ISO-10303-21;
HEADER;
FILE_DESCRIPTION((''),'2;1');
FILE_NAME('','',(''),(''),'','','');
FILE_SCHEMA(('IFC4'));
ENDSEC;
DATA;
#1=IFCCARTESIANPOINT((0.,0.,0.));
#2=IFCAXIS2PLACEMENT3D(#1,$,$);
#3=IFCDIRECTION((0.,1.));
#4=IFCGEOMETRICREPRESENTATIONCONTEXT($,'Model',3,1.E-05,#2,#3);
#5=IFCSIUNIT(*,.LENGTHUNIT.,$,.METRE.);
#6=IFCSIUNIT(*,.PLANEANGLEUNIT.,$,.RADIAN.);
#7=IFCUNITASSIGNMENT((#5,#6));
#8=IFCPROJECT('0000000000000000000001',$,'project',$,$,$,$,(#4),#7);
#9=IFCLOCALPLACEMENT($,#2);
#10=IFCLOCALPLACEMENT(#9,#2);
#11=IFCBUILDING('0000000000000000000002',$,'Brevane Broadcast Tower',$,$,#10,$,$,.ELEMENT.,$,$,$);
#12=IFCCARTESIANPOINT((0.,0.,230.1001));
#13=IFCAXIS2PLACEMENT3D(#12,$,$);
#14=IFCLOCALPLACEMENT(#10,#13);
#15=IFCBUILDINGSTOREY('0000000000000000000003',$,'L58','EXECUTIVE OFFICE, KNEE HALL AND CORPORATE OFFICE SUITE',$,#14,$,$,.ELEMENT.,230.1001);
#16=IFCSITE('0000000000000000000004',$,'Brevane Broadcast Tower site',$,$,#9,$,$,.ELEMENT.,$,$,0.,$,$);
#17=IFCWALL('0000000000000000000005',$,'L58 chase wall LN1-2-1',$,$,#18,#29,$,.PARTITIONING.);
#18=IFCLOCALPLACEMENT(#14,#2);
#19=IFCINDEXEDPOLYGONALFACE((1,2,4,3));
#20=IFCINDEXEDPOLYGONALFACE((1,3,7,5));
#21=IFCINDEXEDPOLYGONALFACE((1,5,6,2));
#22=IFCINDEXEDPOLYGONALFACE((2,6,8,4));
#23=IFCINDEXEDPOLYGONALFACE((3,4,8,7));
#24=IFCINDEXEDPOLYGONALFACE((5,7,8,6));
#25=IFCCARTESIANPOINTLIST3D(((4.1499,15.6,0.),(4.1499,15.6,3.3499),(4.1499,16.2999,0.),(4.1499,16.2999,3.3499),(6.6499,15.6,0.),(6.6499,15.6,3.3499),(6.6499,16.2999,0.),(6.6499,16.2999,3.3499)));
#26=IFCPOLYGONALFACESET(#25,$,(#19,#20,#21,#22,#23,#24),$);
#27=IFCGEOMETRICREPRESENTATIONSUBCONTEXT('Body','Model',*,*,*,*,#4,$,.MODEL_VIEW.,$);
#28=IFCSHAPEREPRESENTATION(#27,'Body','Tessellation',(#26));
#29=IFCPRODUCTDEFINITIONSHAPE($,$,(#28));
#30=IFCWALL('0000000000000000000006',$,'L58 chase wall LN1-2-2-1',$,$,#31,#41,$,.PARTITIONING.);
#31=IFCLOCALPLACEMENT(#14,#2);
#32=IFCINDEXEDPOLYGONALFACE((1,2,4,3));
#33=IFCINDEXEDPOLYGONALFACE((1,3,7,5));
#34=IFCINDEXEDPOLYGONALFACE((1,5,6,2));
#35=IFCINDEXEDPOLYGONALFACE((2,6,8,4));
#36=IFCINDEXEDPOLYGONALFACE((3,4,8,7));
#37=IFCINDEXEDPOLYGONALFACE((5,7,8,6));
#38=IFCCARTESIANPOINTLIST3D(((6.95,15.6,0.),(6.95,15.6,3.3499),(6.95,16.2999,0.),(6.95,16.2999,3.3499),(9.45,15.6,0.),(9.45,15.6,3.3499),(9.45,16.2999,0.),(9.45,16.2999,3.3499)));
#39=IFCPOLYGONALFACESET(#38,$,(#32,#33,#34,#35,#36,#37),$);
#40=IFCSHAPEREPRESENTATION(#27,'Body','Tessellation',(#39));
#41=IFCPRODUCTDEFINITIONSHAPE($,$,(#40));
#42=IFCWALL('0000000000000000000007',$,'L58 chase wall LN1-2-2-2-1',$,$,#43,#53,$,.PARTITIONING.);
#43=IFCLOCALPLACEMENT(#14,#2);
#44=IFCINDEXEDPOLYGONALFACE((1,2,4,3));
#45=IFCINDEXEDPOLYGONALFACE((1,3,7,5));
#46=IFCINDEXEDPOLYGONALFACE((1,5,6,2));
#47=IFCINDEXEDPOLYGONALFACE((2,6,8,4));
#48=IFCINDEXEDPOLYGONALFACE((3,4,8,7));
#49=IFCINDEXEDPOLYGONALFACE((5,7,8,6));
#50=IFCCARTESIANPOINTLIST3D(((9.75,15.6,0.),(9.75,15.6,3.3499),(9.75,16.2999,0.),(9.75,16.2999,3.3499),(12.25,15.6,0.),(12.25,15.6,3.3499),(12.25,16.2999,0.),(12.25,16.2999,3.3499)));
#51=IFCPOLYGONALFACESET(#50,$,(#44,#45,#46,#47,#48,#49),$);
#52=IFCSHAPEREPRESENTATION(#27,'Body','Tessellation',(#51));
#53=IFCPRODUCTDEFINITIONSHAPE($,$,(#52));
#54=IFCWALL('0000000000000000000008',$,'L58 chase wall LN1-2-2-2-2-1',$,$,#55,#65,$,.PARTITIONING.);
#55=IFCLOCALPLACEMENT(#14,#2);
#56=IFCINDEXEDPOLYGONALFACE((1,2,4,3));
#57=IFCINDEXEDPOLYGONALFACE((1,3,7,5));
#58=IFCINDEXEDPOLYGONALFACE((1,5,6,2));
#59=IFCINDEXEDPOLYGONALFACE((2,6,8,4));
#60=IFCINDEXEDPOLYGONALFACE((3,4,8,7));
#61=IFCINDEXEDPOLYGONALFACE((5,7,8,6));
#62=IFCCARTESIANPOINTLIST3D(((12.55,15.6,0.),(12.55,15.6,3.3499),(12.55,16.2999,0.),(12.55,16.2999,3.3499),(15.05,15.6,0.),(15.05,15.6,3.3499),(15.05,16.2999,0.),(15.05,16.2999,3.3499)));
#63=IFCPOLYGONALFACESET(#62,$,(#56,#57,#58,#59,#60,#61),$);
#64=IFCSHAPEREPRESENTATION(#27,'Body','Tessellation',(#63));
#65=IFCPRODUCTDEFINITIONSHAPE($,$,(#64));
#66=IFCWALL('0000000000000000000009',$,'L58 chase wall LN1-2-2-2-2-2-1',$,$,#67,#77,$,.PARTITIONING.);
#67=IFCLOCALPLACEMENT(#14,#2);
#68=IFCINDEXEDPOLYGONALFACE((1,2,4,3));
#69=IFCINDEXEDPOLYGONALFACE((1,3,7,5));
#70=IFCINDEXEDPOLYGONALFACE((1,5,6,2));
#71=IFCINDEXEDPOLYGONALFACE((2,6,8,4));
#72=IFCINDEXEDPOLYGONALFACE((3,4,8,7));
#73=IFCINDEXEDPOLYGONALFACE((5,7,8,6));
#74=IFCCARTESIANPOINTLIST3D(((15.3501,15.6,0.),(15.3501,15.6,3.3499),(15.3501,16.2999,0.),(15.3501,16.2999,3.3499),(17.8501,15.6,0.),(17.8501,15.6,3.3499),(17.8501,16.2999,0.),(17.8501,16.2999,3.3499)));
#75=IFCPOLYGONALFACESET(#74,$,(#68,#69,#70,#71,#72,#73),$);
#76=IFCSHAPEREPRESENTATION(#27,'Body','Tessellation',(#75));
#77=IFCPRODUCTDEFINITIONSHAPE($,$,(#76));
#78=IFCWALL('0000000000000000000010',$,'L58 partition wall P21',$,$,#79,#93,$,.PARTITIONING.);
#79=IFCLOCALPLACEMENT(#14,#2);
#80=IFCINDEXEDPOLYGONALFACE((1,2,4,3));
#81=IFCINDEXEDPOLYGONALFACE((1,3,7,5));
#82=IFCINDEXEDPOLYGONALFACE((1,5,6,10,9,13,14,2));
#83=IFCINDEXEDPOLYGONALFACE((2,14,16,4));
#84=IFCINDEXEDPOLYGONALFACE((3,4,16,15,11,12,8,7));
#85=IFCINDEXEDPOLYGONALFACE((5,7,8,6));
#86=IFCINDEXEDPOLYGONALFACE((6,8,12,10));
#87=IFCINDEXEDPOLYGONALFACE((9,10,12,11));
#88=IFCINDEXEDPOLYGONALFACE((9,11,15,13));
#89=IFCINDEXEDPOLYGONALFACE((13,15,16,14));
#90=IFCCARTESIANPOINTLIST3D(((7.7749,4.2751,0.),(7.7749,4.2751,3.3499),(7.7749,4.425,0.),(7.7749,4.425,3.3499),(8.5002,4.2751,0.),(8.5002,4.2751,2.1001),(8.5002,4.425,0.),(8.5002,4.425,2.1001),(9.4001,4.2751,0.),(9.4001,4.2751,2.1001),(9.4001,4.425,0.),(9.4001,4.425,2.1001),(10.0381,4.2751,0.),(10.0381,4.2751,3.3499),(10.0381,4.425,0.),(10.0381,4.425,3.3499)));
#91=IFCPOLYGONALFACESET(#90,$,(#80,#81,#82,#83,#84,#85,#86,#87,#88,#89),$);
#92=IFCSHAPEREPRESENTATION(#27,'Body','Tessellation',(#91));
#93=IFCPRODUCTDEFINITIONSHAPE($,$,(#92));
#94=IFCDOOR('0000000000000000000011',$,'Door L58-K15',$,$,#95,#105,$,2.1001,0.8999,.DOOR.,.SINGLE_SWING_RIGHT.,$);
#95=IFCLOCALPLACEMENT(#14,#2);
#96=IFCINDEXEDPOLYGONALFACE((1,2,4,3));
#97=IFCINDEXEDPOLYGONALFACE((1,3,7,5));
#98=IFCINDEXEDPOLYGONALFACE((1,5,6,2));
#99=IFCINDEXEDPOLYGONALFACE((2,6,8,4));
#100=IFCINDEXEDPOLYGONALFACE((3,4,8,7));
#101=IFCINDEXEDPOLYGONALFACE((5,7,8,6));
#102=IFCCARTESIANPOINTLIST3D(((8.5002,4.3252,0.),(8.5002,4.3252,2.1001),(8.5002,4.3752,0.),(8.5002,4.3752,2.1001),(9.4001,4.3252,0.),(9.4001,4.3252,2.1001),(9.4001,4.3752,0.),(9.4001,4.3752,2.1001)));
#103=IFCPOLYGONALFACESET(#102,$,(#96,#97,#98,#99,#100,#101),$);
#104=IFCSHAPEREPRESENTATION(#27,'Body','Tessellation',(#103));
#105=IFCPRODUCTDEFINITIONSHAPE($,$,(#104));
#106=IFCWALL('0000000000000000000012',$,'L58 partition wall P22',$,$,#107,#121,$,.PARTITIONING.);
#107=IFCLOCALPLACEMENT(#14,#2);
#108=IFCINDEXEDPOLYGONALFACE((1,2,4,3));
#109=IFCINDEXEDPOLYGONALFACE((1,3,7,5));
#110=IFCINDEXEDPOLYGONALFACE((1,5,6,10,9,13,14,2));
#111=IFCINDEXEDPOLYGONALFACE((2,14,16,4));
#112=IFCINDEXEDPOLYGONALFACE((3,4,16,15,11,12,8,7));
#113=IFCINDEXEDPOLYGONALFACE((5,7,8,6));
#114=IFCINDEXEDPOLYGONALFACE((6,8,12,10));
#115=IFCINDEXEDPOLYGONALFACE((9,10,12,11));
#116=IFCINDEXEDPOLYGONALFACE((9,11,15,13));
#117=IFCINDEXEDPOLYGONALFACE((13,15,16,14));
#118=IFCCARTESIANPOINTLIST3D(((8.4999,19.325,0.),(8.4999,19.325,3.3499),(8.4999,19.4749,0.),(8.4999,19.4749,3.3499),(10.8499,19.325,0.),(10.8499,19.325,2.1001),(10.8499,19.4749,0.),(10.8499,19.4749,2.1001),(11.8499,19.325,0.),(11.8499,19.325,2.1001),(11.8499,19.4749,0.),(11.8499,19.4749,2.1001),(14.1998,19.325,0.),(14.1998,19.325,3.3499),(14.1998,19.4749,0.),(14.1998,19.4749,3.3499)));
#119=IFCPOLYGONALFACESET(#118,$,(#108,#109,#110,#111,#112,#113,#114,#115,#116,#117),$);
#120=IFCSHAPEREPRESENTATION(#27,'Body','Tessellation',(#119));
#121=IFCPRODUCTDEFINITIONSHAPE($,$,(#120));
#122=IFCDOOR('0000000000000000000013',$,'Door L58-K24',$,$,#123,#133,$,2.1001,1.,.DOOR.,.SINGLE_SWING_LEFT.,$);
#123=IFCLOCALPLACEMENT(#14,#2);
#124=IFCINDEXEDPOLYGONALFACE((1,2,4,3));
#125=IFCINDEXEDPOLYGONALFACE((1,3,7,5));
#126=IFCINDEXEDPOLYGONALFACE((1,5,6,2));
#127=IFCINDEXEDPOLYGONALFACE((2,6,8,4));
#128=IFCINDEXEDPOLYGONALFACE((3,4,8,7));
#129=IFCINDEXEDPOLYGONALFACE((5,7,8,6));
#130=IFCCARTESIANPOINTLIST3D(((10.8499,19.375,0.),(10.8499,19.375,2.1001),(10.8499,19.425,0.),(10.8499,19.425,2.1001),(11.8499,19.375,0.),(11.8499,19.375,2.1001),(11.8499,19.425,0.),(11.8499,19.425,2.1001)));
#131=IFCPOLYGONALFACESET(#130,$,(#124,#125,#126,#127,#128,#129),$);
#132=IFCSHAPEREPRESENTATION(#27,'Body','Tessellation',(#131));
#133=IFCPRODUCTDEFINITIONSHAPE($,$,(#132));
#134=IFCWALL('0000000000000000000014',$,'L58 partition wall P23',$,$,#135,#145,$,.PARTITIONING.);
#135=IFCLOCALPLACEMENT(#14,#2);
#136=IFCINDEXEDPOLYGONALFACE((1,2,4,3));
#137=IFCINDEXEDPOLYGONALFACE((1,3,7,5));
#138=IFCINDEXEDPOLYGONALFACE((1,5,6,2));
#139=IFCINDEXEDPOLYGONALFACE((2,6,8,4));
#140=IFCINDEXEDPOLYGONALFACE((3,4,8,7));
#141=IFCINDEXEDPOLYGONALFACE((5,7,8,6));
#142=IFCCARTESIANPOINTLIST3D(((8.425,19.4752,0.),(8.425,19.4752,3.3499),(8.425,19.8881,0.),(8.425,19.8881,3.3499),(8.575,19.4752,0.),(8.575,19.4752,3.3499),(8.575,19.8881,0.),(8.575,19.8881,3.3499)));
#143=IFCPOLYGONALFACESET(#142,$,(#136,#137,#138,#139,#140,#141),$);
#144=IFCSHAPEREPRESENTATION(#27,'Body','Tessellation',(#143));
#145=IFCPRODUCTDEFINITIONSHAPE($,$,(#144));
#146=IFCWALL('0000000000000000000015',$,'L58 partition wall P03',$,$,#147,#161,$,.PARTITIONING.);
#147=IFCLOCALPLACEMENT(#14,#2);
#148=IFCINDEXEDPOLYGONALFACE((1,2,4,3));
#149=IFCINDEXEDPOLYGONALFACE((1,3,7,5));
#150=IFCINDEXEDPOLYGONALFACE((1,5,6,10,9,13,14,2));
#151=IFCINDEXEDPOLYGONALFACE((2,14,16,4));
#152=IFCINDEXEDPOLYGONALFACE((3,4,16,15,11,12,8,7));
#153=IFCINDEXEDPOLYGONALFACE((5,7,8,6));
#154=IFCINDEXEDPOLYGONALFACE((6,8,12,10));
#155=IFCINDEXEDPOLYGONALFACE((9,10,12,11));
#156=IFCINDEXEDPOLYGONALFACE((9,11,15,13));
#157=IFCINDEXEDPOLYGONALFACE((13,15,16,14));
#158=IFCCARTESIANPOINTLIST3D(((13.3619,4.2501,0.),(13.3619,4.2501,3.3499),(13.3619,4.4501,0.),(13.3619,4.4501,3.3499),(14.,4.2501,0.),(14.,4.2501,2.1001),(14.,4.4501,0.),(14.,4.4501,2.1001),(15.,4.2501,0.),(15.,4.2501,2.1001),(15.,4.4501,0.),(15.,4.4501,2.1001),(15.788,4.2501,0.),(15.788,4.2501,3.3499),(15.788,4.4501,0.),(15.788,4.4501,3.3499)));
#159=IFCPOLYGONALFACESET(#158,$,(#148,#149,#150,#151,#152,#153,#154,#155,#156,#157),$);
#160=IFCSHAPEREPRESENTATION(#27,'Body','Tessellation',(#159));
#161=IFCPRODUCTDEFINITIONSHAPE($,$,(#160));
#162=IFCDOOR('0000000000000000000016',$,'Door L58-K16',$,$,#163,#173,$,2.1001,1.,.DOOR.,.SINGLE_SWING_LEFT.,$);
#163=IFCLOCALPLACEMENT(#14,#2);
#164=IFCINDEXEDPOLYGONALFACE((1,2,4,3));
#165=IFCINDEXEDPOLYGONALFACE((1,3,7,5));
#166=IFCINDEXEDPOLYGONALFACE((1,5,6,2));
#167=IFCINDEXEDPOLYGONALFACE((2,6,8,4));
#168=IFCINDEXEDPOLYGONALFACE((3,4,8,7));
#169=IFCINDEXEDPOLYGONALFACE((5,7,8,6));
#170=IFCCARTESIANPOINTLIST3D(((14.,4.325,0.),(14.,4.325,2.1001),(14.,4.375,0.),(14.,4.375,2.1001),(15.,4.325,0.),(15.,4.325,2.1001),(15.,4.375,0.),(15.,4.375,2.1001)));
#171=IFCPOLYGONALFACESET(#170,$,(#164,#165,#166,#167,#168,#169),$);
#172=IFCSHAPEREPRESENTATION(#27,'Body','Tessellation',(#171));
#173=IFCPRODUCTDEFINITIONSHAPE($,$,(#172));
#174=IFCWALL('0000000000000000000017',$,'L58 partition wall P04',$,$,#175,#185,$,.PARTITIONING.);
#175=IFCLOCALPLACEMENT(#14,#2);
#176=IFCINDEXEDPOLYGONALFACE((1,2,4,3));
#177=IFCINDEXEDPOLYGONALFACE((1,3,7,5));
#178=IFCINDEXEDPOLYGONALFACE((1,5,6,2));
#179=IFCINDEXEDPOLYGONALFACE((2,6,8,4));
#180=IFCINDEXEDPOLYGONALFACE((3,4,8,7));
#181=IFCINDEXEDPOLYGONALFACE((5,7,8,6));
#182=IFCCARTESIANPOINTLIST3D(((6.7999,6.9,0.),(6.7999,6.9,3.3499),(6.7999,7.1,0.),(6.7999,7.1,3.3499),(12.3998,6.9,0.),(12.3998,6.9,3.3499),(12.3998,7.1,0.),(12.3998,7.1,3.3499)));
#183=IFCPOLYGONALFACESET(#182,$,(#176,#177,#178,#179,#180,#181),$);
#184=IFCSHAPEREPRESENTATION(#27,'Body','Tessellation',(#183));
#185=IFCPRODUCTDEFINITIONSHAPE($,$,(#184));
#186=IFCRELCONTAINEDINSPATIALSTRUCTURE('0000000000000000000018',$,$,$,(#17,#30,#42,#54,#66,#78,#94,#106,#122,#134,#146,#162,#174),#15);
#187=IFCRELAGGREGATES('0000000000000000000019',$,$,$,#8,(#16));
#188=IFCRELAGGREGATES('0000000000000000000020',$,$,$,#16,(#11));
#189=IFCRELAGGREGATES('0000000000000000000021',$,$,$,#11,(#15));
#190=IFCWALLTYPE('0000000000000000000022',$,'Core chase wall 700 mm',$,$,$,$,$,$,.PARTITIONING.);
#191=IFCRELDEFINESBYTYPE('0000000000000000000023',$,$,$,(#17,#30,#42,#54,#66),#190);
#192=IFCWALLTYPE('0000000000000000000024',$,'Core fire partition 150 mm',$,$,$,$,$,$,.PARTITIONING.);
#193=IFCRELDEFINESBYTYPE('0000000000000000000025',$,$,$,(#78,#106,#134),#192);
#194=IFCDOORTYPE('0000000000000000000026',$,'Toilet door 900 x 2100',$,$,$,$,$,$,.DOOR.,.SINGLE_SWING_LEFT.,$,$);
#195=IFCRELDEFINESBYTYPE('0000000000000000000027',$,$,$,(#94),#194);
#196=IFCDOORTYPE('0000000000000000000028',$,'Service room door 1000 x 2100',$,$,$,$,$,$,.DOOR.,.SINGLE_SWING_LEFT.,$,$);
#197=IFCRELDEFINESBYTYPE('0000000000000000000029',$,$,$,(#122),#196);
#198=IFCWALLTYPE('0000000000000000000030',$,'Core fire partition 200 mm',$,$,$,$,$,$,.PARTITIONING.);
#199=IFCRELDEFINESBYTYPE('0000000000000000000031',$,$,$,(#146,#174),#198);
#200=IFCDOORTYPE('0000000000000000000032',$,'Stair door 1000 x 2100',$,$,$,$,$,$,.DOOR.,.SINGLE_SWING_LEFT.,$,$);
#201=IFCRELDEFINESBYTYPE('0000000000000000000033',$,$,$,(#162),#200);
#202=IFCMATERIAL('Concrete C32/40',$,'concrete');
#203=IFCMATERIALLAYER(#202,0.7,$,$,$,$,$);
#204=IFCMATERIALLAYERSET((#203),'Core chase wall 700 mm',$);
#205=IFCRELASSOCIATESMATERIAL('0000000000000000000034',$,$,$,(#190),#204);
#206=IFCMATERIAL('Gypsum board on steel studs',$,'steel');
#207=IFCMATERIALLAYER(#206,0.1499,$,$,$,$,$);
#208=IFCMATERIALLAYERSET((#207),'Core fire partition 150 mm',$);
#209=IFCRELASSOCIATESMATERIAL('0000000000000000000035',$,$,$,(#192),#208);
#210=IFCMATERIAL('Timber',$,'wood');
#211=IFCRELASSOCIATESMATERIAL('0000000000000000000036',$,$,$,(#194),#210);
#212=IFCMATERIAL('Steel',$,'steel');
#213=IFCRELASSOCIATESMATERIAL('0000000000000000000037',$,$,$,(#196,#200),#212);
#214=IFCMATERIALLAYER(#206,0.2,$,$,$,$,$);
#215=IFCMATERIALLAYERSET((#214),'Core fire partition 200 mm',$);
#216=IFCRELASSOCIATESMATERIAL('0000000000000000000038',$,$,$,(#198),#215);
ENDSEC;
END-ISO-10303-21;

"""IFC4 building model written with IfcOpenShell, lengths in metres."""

from ifc_helpers import new_model, si_unit, direction, frame, frame_2d, origin, place, context, subcontext, project, spatial, rectangle, extrude, material, layer, layer_set, type_object, element, fill, save


model = new_model("IFC4")

# Units and contexts
model_context = context("Model", 3, precision=1e-05, world=origin(), true_north=direction((0.0, 1.0)))
body_context = subcontext(model_context, "Body", "Model", "MODEL_VIEW")
ifc_project = project(units=[si_unit("LENGTHUNIT", "METRE"), si_unit("PLANEANGLEUNIT", "RADIAN")], contexts=[model_context])

# Site, building, storey
site_placement = place(None, origin())
site = spatial("IfcSite", under=ifc_project, at=site_placement, Name="Brevane Broadcast Tower site", CompositionType="ELEMENT", RefElevation=0.0)
building_placement = place(site_placement, origin())
building = spatial("IfcBuilding", under=site, at=building_placement, Name="Brevane Broadcast Tower", CompositionType="ELEMENT")
storey_placement = place(building_placement, frame((0.0, 0.0, 230.1001)))
storey = spatial("IfcBuildingStorey", under=building, at=storey_placement, Name="L58", Description="EXECUTIVE OFFICE, KNEE HALL AND CORPORATE OFFICE SUITE", CompositionType="ELEMENT", Elevation=230.1001)

# Walls
ifc_material_1 = material(Name="Concrete C32/40", Category="concrete")
ifc_layer_1 = layer(ifc_material_1, 0.7)
ifc_layer_set_1 = layer_set([ifc_layer_1], Name="Core chase wall 700 mm")
wall_type_1 = type_object("IfcWallType", Name="Core chase wall 700 mm", PredefinedType="PARTITIONING", material=ifc_layer_set_1)
for number, where, z_axis, x_axis, name in (
    (1, (4.1499, 15.95, 0.0), (0.0, 0.0, 1.0), (1.0, 0.0, 0.0), "L58 chase wall LN1-2-1"),
    (2, (6.95, 15.95, 0.0), (0.0, 0.0, 1.0), (1.0, 0.0, 0.0), "L58 chase wall LN1-2-2-1"),
    (3, (9.75, 15.95, 0.0), (0.0, 0.0, 1.0), (1.0, 0.0, 0.0), "L58 chase wall LN1-2-2-2-1"),
    (4, (12.55, 15.95, 0.0), (0.0, 0.0, 1.0), (1.0, 0.0, 0.0), "L58 chase wall LN1-2-2-2-2-1"),
    (5, (15.3501, 15.95, 0.0), (0.0, 0.0, 1.0), (1.0, 0.0, 0.0), "L58 chase wall LN1-2-2-2-2-2-1"),
):
    element("IfcWall", number, at=place(storey_placement, frame(where, z_axis=z_axis, x_axis=x_axis)), inside=storey, type_object=wall_type_1, Name=name, PredefinedType="PARTITIONING", context=body_context, shape_type="SweptSolid", body=[
        extrude(rectangle(XDim=2.5, YDim=0.7, at=frame_2d((1.25, 0.0))), origin(), (0.0, 0.0, 1.0), 3.3499),
    ])

# Walls, openings, doors
ifc_material_2 = material(Name="Gypsum board on steel studs", Category="steel")
ifc_layer_2 = layer(ifc_material_2, 0.1499)
ifc_layer_set_2 = layer_set([ifc_layer_2], Name="Core fire partition 150 mm")
wall_type_2 = type_object("IfcWallType", Name="Core fire partition 150 mm", PredefinedType="PARTITIONING", material=ifc_layer_set_2)
wall_1_placement = place(storey_placement, frame((10.0381, 4.3501, 0.0), z_axis=(0.0, 0.0, 1.0), x_axis=(-1.0, 0.0, 0.0)))
wall_1 = element("IfcWall", 6, at=wall_1_placement, inside=storey, type_object=wall_type_2, Name="L58 partition wall P21", PredefinedType="PARTITIONING", context=body_context, shape_type="SweptSolid", body=[
    extrude(rectangle(XDim=2.2632, YDim=0.1499, at=frame_2d((1.1316, 0.0))), origin(), (0.0, 0.0, 1.0), 3.3499),
])
opening_1_placement = place(wall_1_placement, frame((0.6379, 0.0, 0.0)))
opening_1 = element("IfcOpeningElement", 7, at=opening_1_placement, cuts=wall_1, PredefinedType="OPENING", context=body_context, shape_type="SweptSolid", body=[
    extrude(rectangle(XDim=0.8999, YDim=2.1001, at=frame_2d((0.45, 1.05))), frame((0.0, 0.085, 0.0), z_axis=(0.0, -1.0, 0.0), x_axis=(1.0, 0.0, 0.0)), (0.0, 0.0, 1.0), 0.1699),
])
ifc_material_3 = material(Name="Timber", Category="wood")
door_type_1 = type_object("IfcDoorType", Name="Toilet door 900 x 2100", OperationType="SINGLE_SWING_LEFT", PredefinedType="DOOR", material=ifc_material_3)
door_1_placement = place(opening_1_placement, origin())
door_1 = element("IfcDoor", 8, at=door_1_placement, inside=storey, type_object=door_type_1, Name="Door L58-K15", OperationType="SINGLE_SWING_RIGHT", OverallHeight=2.1001, OverallWidth=0.8999, PredefinedType="DOOR", context=body_context, shape_type="SweptSolid", body=[
    extrude(rectangle(XDim=0.8999, YDim=2.1001, at=frame_2d((0.45, 1.05))), frame((0.0, 0.0249, 0.0), z_axis=(0.0, -1.0, 0.0), x_axis=(1.0, 0.0, 0.0)), (0.0, 0.0, 1.0), 0.05),
])
fill(opening_1, door_1)
wall_2_placement = place(storey_placement, frame((14.2, 19.3999, 0.0), z_axis=(0.0, 0.0, 1.0), x_axis=(-1.0, 0.0, 0.0)))
wall_2 = element("IfcWall", 9, at=wall_2_placement, inside=storey, type_object=wall_type_2, Name="L58 partition wall P22", PredefinedType="PARTITIONING", context=body_context, shape_type="SweptSolid", body=[
    extrude(rectangle(XDim=5.7, YDim=0.1499, at=frame_2d((2.8501, 0.0))), origin(), (0.0, 0.0, 1.0), 3.3499),
])
opening_2_placement = place(wall_2_placement, frame((2.3501, 0.0, 0.0)))
opening_2 = element("IfcOpeningElement", 10, at=opening_2_placement, cuts=wall_2, PredefinedType="OPENING", context=body_context, shape_type="SweptSolid", body=[
    extrude(rectangle(XDim=1.0, YDim=2.1001, at=frame_2d((0.5, 1.05))), frame((0.0, 0.085, 0.0), z_axis=(0.0, -1.0, 0.0), x_axis=(1.0, 0.0, 0.0)), (0.0, 0.0, 1.0), 0.1699),
])
ifc_material_4 = material(Name="Steel", Category="steel")
door_type_2 = type_object("IfcDoorType", Name="Service room door 1000 x 2100", OperationType="SINGLE_SWING_LEFT", PredefinedType="DOOR", material=ifc_material_4)
door_2_placement = place(opening_2_placement, origin())
door_2 = element("IfcDoor", 11, at=door_2_placement, inside=storey, type_object=door_type_2, Name="Door L58-K24", OperationType="SINGLE_SWING_LEFT", OverallHeight=2.1001, OverallWidth=1.0, PredefinedType="DOOR", context=body_context, shape_type="SweptSolid", body=[
    extrude(rectangle(XDim=1.0, YDim=2.1001, at=frame_2d((0.5, 1.05))), frame((0.0, 0.0249, 0.0), z_axis=(0.0, -1.0, 0.0), x_axis=(1.0, 0.0, 0.0)), (0.0, 0.0, 1.0), 0.05),
])
fill(opening_2, door_2)

# Wall
wall_3_placement = place(storey_placement, frame((8.5, 19.4751, 0.0), z_axis=(0.0, 0.0, 1.0), x_axis=(0.0, 1.0, 0.0)))
element("IfcWall", 12, at=wall_3_placement, inside=storey, type_object=wall_type_2, Name="L58 partition wall P23", PredefinedType="PARTITIONING", context=body_context, shape_type="SweptSolid", body=[
    extrude(rectangle(XDim=0.4128, YDim=0.1499, at=frame_2d((0.2065, 0.0))), origin(), (0.0, 0.0, 1.0), 3.3499),
])

# Wall, opening, door
ifc_layer_3 = layer(ifc_material_2, 0.2)
ifc_layer_set_3 = layer_set([ifc_layer_3], Name="Core fire partition 200 mm")
wall_type_3 = type_object("IfcWallType", Name="Core fire partition 200 mm", PredefinedType="PARTITIONING", material=ifc_layer_set_3)
wall_4_placement = place(storey_placement, frame((13.3621, 4.3501, 0.0), z_axis=(0.0, 0.0, 1.0), x_axis=(1.0, 0.0, 0.0)))
wall_4 = element("IfcWall", 13, at=wall_4_placement, inside=storey, type_object=wall_type_3, Name="L58 partition wall P03", PredefinedType="PARTITIONING", context=body_context, shape_type="SweptSolid", body=[
    extrude(rectangle(XDim=2.426, YDim=0.2, at=frame_2d((1.2129, 0.0))), origin(), (0.0, 0.0, 1.0), 3.3499),
])
opening_3_placement = place(wall_4_placement, frame((0.6379, 0.0, 0.0)))
opening_3 = element("IfcOpeningElement", 14, at=opening_3_placement, cuts=wall_4, PredefinedType="OPENING", context=body_context, shape_type="SweptSolid", body=[
    extrude(rectangle(XDim=1.0, YDim=2.1001, at=frame_2d((0.5, 1.05))), frame((0.0, 0.1099, 0.0), z_axis=(0.0, -1.0, 0.0), x_axis=(1.0, 0.0, 0.0)), (0.0, 0.0, 1.0), 0.22),
])
door_type_3 = type_object("IfcDoorType", Name="Stair door 1000 x 2100", OperationType="SINGLE_SWING_LEFT", PredefinedType="DOOR", material=ifc_material_4)
door_3_placement = place(opening_3_placement, origin())
door_3 = element("IfcDoor", 15, at=door_3_placement, inside=storey, type_object=door_type_3, Name="Door L58-K16", OperationType="SINGLE_SWING_LEFT", OverallHeight=2.1001, OverallWidth=1.0, PredefinedType="DOOR", context=body_context, shape_type="SweptSolid", body=[
    extrude(rectangle(XDim=1.0, YDim=2.1001, at=frame_2d((0.5, 1.05))), frame((0.0, 0.0249, 0.0), z_axis=(0.0, -1.0, 0.0), x_axis=(1.0, 0.0, 0.0)), (0.0, 0.0, 1.0), 0.05),
])
fill(opening_3, door_3)

# Wall
wall_5_placement = place(storey_placement, frame((6.8, 7.0, 0.0), z_axis=(0.0, 0.0, 1.0), x_axis=(1.0, 0.0, 0.0)))
element("IfcWall", 16, at=wall_5_placement, inside=storey, type_object=wall_type_3, Name="L58 partition wall P04", PredefinedType="PARTITIONING", context=body_context, shape_type="SweptSolid", body=[
    extrude(rectangle(XDim=5.5999, YDim=0.2, at=frame_2d((2.7998, 0.0))), origin(), (0.0, 0.0, 1.0), 3.3499),
])

save(model, "model.ifc")
